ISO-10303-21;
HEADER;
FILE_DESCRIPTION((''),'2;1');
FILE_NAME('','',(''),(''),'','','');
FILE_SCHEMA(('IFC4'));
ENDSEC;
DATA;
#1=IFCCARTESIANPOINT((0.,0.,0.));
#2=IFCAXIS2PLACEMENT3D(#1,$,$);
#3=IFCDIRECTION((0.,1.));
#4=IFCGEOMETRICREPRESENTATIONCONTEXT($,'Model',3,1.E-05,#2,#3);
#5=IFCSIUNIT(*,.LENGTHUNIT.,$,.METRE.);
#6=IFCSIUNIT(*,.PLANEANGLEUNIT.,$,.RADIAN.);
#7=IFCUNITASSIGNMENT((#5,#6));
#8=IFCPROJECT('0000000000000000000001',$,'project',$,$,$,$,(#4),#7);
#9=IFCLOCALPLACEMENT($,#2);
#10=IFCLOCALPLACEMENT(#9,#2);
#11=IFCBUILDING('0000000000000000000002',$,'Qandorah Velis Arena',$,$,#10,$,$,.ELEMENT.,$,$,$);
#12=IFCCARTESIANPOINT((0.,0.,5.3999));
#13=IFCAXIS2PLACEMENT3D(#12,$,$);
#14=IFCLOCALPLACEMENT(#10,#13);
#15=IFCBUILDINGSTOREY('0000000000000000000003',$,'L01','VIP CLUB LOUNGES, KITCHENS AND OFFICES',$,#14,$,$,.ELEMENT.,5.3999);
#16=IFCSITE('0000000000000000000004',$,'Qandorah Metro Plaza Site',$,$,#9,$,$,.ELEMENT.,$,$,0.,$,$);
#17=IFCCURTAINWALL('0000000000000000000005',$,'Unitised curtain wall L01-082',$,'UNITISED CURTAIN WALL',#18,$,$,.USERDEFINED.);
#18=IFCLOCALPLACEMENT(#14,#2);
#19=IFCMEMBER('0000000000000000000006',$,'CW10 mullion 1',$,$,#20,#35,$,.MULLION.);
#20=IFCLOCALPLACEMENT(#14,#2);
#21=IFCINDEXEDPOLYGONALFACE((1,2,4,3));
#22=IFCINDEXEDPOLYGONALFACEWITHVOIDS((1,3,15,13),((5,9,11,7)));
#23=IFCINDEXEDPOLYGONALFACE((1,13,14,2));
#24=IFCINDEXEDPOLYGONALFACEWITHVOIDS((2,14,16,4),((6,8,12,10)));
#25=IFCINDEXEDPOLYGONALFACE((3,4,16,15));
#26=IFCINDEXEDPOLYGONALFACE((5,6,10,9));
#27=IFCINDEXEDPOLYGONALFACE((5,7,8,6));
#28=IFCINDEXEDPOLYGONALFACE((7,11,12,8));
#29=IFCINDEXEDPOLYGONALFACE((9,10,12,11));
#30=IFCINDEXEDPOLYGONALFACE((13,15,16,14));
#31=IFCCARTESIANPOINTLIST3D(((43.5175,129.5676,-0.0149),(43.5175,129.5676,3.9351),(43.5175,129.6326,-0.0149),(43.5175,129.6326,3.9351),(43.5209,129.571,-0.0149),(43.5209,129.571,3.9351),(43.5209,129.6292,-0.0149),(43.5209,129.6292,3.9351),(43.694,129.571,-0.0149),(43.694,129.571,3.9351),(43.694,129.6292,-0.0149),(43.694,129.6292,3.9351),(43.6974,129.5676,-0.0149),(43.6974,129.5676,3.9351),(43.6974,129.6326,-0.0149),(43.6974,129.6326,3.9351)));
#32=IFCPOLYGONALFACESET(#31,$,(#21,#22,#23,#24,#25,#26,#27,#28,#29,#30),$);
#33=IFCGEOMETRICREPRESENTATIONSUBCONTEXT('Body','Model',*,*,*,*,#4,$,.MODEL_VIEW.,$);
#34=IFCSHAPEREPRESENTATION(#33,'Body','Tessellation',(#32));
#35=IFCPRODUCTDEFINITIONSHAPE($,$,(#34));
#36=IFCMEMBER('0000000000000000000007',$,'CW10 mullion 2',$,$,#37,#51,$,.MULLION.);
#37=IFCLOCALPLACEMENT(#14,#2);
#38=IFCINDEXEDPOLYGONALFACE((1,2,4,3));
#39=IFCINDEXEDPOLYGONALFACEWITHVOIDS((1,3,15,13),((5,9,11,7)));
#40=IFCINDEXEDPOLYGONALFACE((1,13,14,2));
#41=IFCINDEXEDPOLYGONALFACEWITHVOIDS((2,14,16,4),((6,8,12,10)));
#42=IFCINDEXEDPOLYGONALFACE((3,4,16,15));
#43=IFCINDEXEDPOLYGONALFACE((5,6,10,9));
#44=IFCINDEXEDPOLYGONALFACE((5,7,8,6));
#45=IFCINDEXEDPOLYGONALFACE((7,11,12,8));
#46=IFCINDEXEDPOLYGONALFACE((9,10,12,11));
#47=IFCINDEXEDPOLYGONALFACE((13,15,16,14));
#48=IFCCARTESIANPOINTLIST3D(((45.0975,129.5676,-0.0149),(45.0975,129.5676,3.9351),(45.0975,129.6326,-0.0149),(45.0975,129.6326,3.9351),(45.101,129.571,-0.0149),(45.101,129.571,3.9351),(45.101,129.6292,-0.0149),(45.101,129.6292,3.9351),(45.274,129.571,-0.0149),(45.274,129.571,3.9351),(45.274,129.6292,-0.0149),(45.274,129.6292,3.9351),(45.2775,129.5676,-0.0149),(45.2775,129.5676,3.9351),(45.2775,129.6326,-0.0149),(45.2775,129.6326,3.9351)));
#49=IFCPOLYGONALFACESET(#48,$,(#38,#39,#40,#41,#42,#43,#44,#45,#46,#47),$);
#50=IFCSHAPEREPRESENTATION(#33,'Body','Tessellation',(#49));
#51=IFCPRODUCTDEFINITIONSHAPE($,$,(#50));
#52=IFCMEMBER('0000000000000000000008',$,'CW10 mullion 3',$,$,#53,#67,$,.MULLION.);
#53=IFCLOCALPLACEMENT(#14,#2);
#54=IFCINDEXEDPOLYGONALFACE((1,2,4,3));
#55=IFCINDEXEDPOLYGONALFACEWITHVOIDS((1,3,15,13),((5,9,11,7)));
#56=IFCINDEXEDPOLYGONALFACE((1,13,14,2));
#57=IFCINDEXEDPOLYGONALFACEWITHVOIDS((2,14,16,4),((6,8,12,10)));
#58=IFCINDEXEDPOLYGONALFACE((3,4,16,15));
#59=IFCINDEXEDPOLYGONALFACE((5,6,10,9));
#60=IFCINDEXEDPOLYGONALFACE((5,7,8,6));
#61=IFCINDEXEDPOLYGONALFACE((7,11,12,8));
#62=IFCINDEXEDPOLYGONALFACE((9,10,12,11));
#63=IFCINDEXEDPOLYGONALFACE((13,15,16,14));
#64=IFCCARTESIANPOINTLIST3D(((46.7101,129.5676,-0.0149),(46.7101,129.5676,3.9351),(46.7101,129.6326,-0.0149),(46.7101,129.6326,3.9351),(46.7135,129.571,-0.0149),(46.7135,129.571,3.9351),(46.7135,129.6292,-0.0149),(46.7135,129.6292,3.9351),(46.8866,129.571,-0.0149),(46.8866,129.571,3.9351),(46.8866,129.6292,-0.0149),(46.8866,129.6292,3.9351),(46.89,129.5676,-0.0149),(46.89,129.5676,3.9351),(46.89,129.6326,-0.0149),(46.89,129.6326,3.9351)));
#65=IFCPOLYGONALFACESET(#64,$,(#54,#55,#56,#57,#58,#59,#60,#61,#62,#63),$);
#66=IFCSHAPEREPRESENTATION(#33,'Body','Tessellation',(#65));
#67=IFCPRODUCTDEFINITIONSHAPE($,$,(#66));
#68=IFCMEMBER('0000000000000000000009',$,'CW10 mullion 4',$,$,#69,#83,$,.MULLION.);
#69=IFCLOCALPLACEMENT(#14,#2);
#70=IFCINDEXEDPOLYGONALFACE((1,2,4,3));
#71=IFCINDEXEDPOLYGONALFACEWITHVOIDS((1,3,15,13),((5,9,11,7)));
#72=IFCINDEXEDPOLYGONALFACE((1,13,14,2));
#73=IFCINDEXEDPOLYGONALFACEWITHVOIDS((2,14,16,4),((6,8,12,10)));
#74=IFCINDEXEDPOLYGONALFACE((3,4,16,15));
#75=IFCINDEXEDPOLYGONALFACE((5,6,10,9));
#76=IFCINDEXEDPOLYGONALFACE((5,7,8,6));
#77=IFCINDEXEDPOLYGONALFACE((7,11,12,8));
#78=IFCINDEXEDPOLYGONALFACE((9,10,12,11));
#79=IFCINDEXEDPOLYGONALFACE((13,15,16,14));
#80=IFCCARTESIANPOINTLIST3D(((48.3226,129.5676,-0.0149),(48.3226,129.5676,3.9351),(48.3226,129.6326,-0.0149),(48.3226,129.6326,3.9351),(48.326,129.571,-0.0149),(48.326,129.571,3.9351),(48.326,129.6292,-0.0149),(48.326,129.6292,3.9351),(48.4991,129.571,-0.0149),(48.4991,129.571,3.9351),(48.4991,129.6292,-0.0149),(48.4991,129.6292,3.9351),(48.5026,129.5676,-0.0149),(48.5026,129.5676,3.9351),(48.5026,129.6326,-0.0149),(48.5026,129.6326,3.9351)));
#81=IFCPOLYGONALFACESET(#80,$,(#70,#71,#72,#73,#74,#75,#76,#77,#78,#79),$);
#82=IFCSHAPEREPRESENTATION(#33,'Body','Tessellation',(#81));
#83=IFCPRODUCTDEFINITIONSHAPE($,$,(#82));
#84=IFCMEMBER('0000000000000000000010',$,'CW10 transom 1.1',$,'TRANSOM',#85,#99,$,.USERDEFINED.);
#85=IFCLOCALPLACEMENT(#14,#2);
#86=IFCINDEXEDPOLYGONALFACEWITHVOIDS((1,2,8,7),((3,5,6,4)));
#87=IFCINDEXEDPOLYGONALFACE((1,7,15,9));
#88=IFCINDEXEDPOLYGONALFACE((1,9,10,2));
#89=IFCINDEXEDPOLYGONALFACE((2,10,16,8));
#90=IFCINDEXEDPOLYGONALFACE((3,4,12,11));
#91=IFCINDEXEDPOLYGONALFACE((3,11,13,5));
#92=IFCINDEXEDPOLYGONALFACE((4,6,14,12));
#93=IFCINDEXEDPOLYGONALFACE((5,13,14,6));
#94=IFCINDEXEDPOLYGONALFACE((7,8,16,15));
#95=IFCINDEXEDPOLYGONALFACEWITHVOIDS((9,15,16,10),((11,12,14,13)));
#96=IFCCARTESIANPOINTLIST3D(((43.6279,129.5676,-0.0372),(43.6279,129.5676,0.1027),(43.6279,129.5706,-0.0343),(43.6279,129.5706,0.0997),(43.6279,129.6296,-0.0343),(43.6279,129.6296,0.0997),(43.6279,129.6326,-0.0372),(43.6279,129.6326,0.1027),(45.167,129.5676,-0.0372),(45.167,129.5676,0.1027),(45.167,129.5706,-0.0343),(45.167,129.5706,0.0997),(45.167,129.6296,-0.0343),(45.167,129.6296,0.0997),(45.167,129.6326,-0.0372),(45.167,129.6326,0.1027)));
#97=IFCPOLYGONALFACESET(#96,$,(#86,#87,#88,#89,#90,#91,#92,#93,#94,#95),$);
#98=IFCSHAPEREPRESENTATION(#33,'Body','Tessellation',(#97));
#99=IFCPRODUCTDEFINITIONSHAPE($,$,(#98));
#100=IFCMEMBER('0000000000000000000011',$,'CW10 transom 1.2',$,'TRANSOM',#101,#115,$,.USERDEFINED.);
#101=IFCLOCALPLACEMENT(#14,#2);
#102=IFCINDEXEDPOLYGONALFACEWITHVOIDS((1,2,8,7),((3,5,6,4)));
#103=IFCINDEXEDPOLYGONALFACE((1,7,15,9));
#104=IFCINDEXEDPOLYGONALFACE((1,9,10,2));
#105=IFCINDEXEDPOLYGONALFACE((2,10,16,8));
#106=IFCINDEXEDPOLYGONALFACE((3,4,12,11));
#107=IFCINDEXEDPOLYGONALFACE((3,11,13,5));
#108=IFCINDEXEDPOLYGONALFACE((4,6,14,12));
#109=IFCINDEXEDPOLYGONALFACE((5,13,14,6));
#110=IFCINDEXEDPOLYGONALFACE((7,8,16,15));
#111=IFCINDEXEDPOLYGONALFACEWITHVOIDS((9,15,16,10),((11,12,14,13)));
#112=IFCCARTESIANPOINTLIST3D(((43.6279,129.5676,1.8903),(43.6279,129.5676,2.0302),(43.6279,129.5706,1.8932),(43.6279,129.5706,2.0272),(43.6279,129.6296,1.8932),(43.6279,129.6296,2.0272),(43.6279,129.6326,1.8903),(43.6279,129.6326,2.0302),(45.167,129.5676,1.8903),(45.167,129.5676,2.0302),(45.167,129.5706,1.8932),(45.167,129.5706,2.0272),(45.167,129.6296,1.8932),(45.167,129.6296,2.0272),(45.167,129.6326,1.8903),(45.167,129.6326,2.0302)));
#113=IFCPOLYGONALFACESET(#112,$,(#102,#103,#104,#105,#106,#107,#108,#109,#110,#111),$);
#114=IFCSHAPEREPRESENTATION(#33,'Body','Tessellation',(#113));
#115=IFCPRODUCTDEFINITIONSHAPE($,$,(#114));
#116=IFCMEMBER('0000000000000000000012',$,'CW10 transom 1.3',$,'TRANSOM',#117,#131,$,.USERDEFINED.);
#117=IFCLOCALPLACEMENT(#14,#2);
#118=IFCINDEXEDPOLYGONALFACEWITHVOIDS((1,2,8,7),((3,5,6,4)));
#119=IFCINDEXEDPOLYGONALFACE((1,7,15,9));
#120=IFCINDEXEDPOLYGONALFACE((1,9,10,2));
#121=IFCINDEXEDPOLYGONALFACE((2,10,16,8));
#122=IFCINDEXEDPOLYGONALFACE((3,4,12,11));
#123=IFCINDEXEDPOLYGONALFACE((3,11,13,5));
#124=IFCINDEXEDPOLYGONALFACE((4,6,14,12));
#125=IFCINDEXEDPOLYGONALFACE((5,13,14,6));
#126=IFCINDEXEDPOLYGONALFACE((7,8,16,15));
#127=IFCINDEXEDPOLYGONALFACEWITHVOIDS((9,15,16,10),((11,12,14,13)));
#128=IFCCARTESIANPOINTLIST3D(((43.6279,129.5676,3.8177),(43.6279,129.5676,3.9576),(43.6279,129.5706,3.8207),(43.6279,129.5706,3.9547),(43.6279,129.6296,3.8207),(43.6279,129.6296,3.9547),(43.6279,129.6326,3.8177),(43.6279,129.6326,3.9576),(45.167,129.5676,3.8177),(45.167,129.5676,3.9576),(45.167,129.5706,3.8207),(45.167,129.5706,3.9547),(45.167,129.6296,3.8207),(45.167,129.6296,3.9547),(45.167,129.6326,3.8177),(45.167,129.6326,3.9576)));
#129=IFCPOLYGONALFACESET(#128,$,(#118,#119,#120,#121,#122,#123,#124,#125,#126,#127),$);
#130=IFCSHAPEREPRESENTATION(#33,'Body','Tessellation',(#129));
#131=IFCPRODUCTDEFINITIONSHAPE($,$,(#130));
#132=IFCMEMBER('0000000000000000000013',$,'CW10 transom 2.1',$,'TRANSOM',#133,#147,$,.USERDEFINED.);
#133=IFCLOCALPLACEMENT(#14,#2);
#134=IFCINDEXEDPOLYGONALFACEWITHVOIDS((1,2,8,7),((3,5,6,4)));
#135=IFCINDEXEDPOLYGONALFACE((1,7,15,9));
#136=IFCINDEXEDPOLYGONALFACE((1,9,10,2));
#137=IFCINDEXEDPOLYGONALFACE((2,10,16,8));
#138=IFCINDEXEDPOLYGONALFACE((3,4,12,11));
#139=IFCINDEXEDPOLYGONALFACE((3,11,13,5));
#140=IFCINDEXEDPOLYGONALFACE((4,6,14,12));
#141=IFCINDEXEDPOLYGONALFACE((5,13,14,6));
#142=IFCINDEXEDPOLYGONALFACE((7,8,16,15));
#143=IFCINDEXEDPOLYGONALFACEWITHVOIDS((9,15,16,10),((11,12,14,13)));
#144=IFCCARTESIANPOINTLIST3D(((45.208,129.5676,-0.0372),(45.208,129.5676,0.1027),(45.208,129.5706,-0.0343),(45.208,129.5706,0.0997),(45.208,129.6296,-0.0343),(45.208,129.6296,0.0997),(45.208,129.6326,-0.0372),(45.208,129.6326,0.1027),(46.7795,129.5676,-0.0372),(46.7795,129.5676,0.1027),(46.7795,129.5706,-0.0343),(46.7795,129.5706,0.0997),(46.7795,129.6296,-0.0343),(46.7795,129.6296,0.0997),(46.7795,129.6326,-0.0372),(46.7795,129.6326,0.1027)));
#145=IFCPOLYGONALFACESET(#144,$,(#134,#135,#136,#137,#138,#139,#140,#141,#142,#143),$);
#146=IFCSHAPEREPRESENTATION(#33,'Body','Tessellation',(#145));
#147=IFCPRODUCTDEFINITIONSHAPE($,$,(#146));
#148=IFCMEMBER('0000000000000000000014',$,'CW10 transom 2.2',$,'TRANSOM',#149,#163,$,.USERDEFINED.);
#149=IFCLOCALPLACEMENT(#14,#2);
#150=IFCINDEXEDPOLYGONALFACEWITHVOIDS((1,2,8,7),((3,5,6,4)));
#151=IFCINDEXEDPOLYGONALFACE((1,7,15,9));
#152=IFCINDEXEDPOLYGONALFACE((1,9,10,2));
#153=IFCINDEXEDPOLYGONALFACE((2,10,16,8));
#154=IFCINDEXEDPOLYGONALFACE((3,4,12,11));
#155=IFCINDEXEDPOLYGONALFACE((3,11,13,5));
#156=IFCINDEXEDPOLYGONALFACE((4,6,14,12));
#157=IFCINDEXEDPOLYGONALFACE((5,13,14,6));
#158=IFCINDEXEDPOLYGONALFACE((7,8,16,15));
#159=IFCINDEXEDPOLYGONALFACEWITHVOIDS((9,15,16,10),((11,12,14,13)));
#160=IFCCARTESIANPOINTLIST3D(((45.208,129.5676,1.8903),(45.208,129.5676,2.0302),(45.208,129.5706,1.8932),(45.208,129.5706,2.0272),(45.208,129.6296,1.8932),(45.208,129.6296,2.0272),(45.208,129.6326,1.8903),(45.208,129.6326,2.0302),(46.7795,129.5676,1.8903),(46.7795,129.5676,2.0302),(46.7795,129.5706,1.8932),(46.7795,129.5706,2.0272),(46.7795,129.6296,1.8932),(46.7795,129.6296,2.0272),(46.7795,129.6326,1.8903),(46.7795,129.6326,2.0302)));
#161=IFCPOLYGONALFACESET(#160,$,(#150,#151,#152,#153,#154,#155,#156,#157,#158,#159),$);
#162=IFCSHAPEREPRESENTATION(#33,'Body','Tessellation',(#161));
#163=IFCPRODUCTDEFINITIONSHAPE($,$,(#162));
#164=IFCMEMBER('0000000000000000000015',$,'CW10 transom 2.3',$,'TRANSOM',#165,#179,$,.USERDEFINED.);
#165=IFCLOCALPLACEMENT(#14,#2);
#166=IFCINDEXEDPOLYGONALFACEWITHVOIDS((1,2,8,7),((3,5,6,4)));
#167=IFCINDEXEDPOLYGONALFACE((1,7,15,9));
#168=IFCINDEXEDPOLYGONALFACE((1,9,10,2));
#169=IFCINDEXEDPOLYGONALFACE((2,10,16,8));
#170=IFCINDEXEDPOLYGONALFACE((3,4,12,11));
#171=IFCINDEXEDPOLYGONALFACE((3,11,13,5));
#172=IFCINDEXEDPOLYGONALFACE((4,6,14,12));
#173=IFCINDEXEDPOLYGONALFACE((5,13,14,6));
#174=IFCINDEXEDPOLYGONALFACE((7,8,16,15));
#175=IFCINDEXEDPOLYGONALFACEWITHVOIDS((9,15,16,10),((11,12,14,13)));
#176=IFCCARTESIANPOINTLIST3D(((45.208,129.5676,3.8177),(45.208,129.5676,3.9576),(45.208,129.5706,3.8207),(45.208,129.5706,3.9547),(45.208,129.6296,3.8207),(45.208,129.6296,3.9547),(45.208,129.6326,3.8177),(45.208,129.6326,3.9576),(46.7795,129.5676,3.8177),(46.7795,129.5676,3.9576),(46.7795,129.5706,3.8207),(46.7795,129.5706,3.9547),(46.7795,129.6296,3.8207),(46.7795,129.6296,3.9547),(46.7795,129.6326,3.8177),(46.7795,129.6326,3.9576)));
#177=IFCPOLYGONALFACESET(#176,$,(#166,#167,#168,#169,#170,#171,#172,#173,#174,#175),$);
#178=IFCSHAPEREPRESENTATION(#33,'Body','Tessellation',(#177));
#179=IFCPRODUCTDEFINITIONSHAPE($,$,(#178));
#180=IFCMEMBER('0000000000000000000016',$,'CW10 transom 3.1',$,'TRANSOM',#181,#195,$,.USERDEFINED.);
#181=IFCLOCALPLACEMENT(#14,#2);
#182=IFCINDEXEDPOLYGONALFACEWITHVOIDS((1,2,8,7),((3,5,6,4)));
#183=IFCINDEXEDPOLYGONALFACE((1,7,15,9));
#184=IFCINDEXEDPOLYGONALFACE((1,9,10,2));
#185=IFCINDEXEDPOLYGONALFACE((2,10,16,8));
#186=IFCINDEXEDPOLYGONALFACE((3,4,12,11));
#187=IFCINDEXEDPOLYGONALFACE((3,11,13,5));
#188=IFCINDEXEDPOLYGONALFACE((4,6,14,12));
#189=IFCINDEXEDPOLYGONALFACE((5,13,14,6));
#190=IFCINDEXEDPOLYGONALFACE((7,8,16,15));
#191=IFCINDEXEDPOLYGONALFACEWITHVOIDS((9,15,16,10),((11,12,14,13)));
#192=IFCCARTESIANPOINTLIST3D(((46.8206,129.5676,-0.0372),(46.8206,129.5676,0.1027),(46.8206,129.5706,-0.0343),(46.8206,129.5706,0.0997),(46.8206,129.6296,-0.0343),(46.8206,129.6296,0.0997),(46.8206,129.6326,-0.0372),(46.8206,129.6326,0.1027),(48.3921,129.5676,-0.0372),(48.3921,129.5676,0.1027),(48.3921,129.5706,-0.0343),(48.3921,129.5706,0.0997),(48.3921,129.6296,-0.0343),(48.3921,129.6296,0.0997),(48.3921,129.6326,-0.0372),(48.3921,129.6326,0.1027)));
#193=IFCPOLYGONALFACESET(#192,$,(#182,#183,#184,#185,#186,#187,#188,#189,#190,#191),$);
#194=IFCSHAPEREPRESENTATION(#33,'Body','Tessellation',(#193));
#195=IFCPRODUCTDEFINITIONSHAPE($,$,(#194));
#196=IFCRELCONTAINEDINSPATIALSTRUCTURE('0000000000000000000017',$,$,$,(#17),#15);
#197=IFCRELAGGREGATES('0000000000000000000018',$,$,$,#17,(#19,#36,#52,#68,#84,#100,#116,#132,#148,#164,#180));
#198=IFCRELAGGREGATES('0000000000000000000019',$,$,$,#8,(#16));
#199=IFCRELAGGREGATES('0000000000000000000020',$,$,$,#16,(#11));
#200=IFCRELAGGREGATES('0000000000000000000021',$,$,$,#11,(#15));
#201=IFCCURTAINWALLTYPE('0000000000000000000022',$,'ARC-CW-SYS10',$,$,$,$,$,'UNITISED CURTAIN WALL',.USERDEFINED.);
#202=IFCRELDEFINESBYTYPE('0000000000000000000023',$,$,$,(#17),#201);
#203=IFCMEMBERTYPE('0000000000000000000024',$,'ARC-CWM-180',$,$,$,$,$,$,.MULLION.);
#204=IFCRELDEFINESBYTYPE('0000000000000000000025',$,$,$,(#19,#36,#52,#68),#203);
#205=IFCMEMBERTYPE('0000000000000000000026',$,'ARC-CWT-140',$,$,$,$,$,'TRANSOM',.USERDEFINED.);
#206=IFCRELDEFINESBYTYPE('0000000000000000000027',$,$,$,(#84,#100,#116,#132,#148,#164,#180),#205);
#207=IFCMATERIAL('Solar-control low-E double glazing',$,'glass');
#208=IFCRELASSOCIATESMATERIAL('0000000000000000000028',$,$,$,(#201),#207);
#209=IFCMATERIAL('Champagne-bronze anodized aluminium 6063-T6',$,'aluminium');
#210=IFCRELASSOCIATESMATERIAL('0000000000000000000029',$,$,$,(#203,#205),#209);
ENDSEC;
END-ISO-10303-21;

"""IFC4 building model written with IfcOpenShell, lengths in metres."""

from ifc_helpers import new_model, si_unit, direction, frame, origin, origin_2d, place, context, subcontext, project, spatial, hollow_rectangle, extrude, material, material_profile, profile_set, type_object, element, aggregate, save


model = new_model("IFC4")

# Units and contexts
model_context = context("Model", 3, precision=1e-05, world=origin(), true_north=direction((0.0, 1.0)))
body_context = subcontext(model_context, "Body", "Model", "MODEL_VIEW")
ifc_project = project(units=[si_unit("LENGTHUNIT", "METRE"), si_unit("PLANEANGLEUNIT", "RADIAN")], contexts=[model_context])

# Site, building, storey
site_placement = place(None, origin())
site = spatial("IfcSite", under=ifc_project, at=site_placement, Name="Qandorah Metro Plaza Site", CompositionType="ELEMENT", RefElevation=0.0)
building_placement = place(site_placement, origin())
building = spatial("IfcBuilding", under=site, at=building_placement, Name="Qandorah Velis Arena", CompositionType="ELEMENT")
storey_placement = place(building_placement, frame((0.0, 0.0, 5.3999)))
storey = spatial("IfcBuildingStorey", under=building, at=storey_placement, Name="L01", Description="VIP CLUB LOUNGES, KITCHENS AND OFFICES", CompositionType="ELEMENT", Elevation=5.3999)

# Curtain wall, members
ifc_material_1 = material(Name="Solar-control low-E double glazing", Category="glass")
curtain_wall_type = type_object("IfcCurtainWallType", Name="ARC-CW-SYS10", ElementType="UNITISED CURTAIN WALL", PredefinedType="USERDEFINED", material=ifc_material_1)
curtain_wall_placement = place(storey_placement, origin())
curtain_wall = element("IfcCurtainWall", 1, at=curtain_wall_placement, inside=storey, type_object=curtain_wall_type, Name="Unitised curtain wall L01-082", ObjectType="UNITISED CURTAIN WALL", PredefinedType="USERDEFINED")
ifc_material_2 = material(Name="Champagne-bronze anodized aluminium 6063-T6", Category="aluminium")
ifc_material_profile_1 = material_profile(ifc_material_2, hollow_rectangle(XDim=0.0649, YDim=0.1799, WallThickness=0.0034, at=origin_2d()), Name="ALU MULLION 65x180")
ifc_profile_set_1 = profile_set([ifc_material_profile_1], Name="Champagne-bronze anodized aluminium 6063-T6")
member_type_1 = type_object("IfcMemberType", Name="ARC-CWM-180", PredefinedType="MULLION", material=ifc_profile_set_1)
member_1_placement = place(storey_placement, frame((43.6074, 129.6001, -0.0149), z_axis=(0.0, 0.0, 1.0), x_axis=(0.0, 1.0, 0.0)))
member_1 = element("IfcMember", 2, at=member_1_placement, type_object=member_type_1, Name="CW10 mullion 1", PredefinedType="MULLION", context=body_context, shape_type="SweptSolid", body=[
    extrude(hollow_rectangle(XDim=0.0649, YDim=0.1799, WallThickness=0.0034, at=origin_2d()), origin(), (0.0, 0.0, 1.0), 3.95),
])
member_2_placement = place(storey_placement, frame((45.1875, 129.6001, -0.0149), z_axis=(0.0, 0.0, 1.0), x_axis=(0.0, 1.0, 0.0)))
member_2 = element("IfcMember", 3, at=member_2_placement, type_object=member_type_1, Name="CW10 mullion 2", PredefinedType="MULLION", context=body_context, shape_type="SweptSolid", body=[
    extrude(hollow_rectangle(XDim=0.0649, YDim=0.1799, WallThickness=0.0034, at=origin_2d()), origin(), (0.0, 0.0, 1.0), 3.95),
])
member_3_placement = place(storey_placement, frame((46.8, 129.6001, -0.0149), z_axis=(0.0, 0.0, 1.0), x_axis=(0.0, 1.0, 0.0)))
member_3 = element("IfcMember", 4, at=member_3_placement, type_object=member_type_1, Name="CW10 mullion 3", PredefinedType="MULLION", context=body_context, shape_type="SweptSolid", body=[
    extrude(hollow_rectangle(XDim=0.0649, YDim=0.1799, WallThickness=0.0034, at=origin_2d()), origin(), (0.0, 0.0, 1.0), 3.95),
])
member_4_placement = place(storey_placement, frame((48.4126, 129.6001, -0.0149), z_axis=(0.0, 0.0, 1.0), x_axis=(0.0, 1.0, 0.0)))
member_4 = element("IfcMember", 5, at=member_4_placement, type_object=member_type_1, Name="CW10 mullion 4", PredefinedType="MULLION", context=body_context, shape_type="SweptSolid", body=[
    extrude(hollow_rectangle(XDim=0.0649, YDim=0.1799, WallThickness=0.0034, at=origin_2d()), origin(), (0.0, 0.0, 1.0), 3.95),
])
ifc_material_profile_2 = material_profile(ifc_material_2, hollow_rectangle(XDim=0.0649, YDim=0.1399, WallThickness=0.0029, at=origin_2d()), Name="ALU TRANSOM 65x140")
ifc_profile_set_2 = profile_set([ifc_material_profile_2], Name="Champagne-bronze anodized aluminium 6063-T6")
member_type_2 = type_object("IfcMemberType", Name="ARC-CWT-140", ElementType="TRANSOM", PredefinedType="USERDEFINED", material=ifc_profile_set_2)
member_5_placement = place(storey_placement, frame((43.6279, 129.6001, 0.0327), z_axis=(1.0, 0.0, 0.0), x_axis=(0.0, 1.0, 0.0)))
member_5 = element("IfcMember", 6, at=member_5_placement, type_object=member_type_2, Name="CW10 transom 1.1", ObjectType="TRANSOM", PredefinedType="USERDEFINED", context=body_context, shape_type="SweptSolid", body=[
    extrude(hollow_rectangle(XDim=0.0649, YDim=0.1399, WallThickness=0.0029, at=origin_2d()), origin(), (0.0, 0.0, 1.0), 1.5391),
])
member_6_placement = place(storey_placement, frame((43.6279, 129.6001, 1.9602), z_axis=(1.0, 0.0, 0.0), x_axis=(0.0, 1.0, 0.0)))
member_6 = element("IfcMember", 7, at=member_6_placement, type_object=member_type_2, Name="CW10 transom 1.2", ObjectType="TRANSOM", PredefinedType="USERDEFINED", context=body_context, shape_type="SweptSolid", body=[
    extrude(hollow_rectangle(XDim=0.0649, YDim=0.1399, WallThickness=0.0029, at=origin_2d()), origin(), (0.0, 0.0, 1.0), 1.5391),
])
member_7_placement = place(storey_placement, frame((43.6279, 129.6001, 3.8877), z_axis=(1.0, 0.0, 0.0), x_axis=(0.0, 1.0, 0.0)))
member_7 = element("IfcMember", 8, at=member_7_placement, type_object=member_type_2, Name="CW10 transom 1.3", ObjectType="TRANSOM", PredefinedType="USERDEFINED", context=body_context, shape_type="SweptSolid", body=[
    extrude(hollow_rectangle(XDim=0.0649, YDim=0.1399, WallThickness=0.0029, at=origin_2d()), origin(), (0.0, 0.0, 1.0), 1.5391),
])
member_8_placement = place(storey_placement, frame((45.208, 129.6001, 0.0327), z_axis=(1.0, 0.0, 0.0), x_axis=(0.0, 1.0, 0.0)))
member_8 = element("IfcMember", 9, at=member_8_placement, type_object=member_type_2, Name="CW10 transom 2.1", ObjectType="TRANSOM", PredefinedType="USERDEFINED", context=body_context, shape_type="SweptSolid", body=[
    extrude(hollow_rectangle(XDim=0.0649, YDim=0.1399, WallThickness=0.0029, at=origin_2d()), origin(), (0.0, 0.0, 1.0), 1.5715),
])
member_9_placement = place(storey_placement, frame((45.208, 129.6001, 1.9602), z_axis=(1.0, 0.0, 0.0), x_axis=(0.0, 1.0, 0.0)))
member_9 = element("IfcMember", 10, at=member_9_placement, type_object=member_type_2, Name="CW10 transom 2.2", ObjectType="TRANSOM", PredefinedType="USERDEFINED", context=body_context, shape_type="SweptSolid", body=[
    extrude(hollow_rectangle(XDim=0.0649, YDim=0.1399, WallThickness=0.0029, at=origin_2d()), origin(), (0.0, 0.0, 1.0), 1.5715),
])
member_10_placement = place(storey_placement, frame((45.208, 129.6001, 3.8877), z_axis=(1.0, 0.0, 0.0), x_axis=(0.0, 1.0, 0.0)))
member_10 = element("IfcMember", 11, at=member_10_placement, type_object=member_type_2, Name="CW10 transom 2.3", ObjectType="TRANSOM", PredefinedType="USERDEFINED", context=body_context, shape_type="SweptSolid", body=[
    extrude(hollow_rectangle(XDim=0.0649, YDim=0.1399, WallThickness=0.0029, at=origin_2d()), origin(), (0.0, 0.0, 1.0), 1.5715),
])
member_11_placement = place(storey_placement, frame((46.8206, 129.6001, 0.0327), z_axis=(1.0, 0.0, 0.0), x_axis=(0.0, 1.0, 0.0)))
member_11 = element("IfcMember", 12, at=member_11_placement, type_object=member_type_2, Name="CW10 transom 3.1", ObjectType="TRANSOM", PredefinedType="USERDEFINED", context=body_context, shape_type="SweptSolid", body=[
    extrude(hollow_rectangle(XDim=0.0649, YDim=0.1399, WallThickness=0.0029, at=origin_2d()), origin(), (0.0, 0.0, 1.0), 1.5715),
])

aggregate(curtain_wall, [member_1, member_2, member_3, member_4, member_5, member_6, member_7, member_8, member_9, member_10, member_11])

save(model, "model.ifc")
